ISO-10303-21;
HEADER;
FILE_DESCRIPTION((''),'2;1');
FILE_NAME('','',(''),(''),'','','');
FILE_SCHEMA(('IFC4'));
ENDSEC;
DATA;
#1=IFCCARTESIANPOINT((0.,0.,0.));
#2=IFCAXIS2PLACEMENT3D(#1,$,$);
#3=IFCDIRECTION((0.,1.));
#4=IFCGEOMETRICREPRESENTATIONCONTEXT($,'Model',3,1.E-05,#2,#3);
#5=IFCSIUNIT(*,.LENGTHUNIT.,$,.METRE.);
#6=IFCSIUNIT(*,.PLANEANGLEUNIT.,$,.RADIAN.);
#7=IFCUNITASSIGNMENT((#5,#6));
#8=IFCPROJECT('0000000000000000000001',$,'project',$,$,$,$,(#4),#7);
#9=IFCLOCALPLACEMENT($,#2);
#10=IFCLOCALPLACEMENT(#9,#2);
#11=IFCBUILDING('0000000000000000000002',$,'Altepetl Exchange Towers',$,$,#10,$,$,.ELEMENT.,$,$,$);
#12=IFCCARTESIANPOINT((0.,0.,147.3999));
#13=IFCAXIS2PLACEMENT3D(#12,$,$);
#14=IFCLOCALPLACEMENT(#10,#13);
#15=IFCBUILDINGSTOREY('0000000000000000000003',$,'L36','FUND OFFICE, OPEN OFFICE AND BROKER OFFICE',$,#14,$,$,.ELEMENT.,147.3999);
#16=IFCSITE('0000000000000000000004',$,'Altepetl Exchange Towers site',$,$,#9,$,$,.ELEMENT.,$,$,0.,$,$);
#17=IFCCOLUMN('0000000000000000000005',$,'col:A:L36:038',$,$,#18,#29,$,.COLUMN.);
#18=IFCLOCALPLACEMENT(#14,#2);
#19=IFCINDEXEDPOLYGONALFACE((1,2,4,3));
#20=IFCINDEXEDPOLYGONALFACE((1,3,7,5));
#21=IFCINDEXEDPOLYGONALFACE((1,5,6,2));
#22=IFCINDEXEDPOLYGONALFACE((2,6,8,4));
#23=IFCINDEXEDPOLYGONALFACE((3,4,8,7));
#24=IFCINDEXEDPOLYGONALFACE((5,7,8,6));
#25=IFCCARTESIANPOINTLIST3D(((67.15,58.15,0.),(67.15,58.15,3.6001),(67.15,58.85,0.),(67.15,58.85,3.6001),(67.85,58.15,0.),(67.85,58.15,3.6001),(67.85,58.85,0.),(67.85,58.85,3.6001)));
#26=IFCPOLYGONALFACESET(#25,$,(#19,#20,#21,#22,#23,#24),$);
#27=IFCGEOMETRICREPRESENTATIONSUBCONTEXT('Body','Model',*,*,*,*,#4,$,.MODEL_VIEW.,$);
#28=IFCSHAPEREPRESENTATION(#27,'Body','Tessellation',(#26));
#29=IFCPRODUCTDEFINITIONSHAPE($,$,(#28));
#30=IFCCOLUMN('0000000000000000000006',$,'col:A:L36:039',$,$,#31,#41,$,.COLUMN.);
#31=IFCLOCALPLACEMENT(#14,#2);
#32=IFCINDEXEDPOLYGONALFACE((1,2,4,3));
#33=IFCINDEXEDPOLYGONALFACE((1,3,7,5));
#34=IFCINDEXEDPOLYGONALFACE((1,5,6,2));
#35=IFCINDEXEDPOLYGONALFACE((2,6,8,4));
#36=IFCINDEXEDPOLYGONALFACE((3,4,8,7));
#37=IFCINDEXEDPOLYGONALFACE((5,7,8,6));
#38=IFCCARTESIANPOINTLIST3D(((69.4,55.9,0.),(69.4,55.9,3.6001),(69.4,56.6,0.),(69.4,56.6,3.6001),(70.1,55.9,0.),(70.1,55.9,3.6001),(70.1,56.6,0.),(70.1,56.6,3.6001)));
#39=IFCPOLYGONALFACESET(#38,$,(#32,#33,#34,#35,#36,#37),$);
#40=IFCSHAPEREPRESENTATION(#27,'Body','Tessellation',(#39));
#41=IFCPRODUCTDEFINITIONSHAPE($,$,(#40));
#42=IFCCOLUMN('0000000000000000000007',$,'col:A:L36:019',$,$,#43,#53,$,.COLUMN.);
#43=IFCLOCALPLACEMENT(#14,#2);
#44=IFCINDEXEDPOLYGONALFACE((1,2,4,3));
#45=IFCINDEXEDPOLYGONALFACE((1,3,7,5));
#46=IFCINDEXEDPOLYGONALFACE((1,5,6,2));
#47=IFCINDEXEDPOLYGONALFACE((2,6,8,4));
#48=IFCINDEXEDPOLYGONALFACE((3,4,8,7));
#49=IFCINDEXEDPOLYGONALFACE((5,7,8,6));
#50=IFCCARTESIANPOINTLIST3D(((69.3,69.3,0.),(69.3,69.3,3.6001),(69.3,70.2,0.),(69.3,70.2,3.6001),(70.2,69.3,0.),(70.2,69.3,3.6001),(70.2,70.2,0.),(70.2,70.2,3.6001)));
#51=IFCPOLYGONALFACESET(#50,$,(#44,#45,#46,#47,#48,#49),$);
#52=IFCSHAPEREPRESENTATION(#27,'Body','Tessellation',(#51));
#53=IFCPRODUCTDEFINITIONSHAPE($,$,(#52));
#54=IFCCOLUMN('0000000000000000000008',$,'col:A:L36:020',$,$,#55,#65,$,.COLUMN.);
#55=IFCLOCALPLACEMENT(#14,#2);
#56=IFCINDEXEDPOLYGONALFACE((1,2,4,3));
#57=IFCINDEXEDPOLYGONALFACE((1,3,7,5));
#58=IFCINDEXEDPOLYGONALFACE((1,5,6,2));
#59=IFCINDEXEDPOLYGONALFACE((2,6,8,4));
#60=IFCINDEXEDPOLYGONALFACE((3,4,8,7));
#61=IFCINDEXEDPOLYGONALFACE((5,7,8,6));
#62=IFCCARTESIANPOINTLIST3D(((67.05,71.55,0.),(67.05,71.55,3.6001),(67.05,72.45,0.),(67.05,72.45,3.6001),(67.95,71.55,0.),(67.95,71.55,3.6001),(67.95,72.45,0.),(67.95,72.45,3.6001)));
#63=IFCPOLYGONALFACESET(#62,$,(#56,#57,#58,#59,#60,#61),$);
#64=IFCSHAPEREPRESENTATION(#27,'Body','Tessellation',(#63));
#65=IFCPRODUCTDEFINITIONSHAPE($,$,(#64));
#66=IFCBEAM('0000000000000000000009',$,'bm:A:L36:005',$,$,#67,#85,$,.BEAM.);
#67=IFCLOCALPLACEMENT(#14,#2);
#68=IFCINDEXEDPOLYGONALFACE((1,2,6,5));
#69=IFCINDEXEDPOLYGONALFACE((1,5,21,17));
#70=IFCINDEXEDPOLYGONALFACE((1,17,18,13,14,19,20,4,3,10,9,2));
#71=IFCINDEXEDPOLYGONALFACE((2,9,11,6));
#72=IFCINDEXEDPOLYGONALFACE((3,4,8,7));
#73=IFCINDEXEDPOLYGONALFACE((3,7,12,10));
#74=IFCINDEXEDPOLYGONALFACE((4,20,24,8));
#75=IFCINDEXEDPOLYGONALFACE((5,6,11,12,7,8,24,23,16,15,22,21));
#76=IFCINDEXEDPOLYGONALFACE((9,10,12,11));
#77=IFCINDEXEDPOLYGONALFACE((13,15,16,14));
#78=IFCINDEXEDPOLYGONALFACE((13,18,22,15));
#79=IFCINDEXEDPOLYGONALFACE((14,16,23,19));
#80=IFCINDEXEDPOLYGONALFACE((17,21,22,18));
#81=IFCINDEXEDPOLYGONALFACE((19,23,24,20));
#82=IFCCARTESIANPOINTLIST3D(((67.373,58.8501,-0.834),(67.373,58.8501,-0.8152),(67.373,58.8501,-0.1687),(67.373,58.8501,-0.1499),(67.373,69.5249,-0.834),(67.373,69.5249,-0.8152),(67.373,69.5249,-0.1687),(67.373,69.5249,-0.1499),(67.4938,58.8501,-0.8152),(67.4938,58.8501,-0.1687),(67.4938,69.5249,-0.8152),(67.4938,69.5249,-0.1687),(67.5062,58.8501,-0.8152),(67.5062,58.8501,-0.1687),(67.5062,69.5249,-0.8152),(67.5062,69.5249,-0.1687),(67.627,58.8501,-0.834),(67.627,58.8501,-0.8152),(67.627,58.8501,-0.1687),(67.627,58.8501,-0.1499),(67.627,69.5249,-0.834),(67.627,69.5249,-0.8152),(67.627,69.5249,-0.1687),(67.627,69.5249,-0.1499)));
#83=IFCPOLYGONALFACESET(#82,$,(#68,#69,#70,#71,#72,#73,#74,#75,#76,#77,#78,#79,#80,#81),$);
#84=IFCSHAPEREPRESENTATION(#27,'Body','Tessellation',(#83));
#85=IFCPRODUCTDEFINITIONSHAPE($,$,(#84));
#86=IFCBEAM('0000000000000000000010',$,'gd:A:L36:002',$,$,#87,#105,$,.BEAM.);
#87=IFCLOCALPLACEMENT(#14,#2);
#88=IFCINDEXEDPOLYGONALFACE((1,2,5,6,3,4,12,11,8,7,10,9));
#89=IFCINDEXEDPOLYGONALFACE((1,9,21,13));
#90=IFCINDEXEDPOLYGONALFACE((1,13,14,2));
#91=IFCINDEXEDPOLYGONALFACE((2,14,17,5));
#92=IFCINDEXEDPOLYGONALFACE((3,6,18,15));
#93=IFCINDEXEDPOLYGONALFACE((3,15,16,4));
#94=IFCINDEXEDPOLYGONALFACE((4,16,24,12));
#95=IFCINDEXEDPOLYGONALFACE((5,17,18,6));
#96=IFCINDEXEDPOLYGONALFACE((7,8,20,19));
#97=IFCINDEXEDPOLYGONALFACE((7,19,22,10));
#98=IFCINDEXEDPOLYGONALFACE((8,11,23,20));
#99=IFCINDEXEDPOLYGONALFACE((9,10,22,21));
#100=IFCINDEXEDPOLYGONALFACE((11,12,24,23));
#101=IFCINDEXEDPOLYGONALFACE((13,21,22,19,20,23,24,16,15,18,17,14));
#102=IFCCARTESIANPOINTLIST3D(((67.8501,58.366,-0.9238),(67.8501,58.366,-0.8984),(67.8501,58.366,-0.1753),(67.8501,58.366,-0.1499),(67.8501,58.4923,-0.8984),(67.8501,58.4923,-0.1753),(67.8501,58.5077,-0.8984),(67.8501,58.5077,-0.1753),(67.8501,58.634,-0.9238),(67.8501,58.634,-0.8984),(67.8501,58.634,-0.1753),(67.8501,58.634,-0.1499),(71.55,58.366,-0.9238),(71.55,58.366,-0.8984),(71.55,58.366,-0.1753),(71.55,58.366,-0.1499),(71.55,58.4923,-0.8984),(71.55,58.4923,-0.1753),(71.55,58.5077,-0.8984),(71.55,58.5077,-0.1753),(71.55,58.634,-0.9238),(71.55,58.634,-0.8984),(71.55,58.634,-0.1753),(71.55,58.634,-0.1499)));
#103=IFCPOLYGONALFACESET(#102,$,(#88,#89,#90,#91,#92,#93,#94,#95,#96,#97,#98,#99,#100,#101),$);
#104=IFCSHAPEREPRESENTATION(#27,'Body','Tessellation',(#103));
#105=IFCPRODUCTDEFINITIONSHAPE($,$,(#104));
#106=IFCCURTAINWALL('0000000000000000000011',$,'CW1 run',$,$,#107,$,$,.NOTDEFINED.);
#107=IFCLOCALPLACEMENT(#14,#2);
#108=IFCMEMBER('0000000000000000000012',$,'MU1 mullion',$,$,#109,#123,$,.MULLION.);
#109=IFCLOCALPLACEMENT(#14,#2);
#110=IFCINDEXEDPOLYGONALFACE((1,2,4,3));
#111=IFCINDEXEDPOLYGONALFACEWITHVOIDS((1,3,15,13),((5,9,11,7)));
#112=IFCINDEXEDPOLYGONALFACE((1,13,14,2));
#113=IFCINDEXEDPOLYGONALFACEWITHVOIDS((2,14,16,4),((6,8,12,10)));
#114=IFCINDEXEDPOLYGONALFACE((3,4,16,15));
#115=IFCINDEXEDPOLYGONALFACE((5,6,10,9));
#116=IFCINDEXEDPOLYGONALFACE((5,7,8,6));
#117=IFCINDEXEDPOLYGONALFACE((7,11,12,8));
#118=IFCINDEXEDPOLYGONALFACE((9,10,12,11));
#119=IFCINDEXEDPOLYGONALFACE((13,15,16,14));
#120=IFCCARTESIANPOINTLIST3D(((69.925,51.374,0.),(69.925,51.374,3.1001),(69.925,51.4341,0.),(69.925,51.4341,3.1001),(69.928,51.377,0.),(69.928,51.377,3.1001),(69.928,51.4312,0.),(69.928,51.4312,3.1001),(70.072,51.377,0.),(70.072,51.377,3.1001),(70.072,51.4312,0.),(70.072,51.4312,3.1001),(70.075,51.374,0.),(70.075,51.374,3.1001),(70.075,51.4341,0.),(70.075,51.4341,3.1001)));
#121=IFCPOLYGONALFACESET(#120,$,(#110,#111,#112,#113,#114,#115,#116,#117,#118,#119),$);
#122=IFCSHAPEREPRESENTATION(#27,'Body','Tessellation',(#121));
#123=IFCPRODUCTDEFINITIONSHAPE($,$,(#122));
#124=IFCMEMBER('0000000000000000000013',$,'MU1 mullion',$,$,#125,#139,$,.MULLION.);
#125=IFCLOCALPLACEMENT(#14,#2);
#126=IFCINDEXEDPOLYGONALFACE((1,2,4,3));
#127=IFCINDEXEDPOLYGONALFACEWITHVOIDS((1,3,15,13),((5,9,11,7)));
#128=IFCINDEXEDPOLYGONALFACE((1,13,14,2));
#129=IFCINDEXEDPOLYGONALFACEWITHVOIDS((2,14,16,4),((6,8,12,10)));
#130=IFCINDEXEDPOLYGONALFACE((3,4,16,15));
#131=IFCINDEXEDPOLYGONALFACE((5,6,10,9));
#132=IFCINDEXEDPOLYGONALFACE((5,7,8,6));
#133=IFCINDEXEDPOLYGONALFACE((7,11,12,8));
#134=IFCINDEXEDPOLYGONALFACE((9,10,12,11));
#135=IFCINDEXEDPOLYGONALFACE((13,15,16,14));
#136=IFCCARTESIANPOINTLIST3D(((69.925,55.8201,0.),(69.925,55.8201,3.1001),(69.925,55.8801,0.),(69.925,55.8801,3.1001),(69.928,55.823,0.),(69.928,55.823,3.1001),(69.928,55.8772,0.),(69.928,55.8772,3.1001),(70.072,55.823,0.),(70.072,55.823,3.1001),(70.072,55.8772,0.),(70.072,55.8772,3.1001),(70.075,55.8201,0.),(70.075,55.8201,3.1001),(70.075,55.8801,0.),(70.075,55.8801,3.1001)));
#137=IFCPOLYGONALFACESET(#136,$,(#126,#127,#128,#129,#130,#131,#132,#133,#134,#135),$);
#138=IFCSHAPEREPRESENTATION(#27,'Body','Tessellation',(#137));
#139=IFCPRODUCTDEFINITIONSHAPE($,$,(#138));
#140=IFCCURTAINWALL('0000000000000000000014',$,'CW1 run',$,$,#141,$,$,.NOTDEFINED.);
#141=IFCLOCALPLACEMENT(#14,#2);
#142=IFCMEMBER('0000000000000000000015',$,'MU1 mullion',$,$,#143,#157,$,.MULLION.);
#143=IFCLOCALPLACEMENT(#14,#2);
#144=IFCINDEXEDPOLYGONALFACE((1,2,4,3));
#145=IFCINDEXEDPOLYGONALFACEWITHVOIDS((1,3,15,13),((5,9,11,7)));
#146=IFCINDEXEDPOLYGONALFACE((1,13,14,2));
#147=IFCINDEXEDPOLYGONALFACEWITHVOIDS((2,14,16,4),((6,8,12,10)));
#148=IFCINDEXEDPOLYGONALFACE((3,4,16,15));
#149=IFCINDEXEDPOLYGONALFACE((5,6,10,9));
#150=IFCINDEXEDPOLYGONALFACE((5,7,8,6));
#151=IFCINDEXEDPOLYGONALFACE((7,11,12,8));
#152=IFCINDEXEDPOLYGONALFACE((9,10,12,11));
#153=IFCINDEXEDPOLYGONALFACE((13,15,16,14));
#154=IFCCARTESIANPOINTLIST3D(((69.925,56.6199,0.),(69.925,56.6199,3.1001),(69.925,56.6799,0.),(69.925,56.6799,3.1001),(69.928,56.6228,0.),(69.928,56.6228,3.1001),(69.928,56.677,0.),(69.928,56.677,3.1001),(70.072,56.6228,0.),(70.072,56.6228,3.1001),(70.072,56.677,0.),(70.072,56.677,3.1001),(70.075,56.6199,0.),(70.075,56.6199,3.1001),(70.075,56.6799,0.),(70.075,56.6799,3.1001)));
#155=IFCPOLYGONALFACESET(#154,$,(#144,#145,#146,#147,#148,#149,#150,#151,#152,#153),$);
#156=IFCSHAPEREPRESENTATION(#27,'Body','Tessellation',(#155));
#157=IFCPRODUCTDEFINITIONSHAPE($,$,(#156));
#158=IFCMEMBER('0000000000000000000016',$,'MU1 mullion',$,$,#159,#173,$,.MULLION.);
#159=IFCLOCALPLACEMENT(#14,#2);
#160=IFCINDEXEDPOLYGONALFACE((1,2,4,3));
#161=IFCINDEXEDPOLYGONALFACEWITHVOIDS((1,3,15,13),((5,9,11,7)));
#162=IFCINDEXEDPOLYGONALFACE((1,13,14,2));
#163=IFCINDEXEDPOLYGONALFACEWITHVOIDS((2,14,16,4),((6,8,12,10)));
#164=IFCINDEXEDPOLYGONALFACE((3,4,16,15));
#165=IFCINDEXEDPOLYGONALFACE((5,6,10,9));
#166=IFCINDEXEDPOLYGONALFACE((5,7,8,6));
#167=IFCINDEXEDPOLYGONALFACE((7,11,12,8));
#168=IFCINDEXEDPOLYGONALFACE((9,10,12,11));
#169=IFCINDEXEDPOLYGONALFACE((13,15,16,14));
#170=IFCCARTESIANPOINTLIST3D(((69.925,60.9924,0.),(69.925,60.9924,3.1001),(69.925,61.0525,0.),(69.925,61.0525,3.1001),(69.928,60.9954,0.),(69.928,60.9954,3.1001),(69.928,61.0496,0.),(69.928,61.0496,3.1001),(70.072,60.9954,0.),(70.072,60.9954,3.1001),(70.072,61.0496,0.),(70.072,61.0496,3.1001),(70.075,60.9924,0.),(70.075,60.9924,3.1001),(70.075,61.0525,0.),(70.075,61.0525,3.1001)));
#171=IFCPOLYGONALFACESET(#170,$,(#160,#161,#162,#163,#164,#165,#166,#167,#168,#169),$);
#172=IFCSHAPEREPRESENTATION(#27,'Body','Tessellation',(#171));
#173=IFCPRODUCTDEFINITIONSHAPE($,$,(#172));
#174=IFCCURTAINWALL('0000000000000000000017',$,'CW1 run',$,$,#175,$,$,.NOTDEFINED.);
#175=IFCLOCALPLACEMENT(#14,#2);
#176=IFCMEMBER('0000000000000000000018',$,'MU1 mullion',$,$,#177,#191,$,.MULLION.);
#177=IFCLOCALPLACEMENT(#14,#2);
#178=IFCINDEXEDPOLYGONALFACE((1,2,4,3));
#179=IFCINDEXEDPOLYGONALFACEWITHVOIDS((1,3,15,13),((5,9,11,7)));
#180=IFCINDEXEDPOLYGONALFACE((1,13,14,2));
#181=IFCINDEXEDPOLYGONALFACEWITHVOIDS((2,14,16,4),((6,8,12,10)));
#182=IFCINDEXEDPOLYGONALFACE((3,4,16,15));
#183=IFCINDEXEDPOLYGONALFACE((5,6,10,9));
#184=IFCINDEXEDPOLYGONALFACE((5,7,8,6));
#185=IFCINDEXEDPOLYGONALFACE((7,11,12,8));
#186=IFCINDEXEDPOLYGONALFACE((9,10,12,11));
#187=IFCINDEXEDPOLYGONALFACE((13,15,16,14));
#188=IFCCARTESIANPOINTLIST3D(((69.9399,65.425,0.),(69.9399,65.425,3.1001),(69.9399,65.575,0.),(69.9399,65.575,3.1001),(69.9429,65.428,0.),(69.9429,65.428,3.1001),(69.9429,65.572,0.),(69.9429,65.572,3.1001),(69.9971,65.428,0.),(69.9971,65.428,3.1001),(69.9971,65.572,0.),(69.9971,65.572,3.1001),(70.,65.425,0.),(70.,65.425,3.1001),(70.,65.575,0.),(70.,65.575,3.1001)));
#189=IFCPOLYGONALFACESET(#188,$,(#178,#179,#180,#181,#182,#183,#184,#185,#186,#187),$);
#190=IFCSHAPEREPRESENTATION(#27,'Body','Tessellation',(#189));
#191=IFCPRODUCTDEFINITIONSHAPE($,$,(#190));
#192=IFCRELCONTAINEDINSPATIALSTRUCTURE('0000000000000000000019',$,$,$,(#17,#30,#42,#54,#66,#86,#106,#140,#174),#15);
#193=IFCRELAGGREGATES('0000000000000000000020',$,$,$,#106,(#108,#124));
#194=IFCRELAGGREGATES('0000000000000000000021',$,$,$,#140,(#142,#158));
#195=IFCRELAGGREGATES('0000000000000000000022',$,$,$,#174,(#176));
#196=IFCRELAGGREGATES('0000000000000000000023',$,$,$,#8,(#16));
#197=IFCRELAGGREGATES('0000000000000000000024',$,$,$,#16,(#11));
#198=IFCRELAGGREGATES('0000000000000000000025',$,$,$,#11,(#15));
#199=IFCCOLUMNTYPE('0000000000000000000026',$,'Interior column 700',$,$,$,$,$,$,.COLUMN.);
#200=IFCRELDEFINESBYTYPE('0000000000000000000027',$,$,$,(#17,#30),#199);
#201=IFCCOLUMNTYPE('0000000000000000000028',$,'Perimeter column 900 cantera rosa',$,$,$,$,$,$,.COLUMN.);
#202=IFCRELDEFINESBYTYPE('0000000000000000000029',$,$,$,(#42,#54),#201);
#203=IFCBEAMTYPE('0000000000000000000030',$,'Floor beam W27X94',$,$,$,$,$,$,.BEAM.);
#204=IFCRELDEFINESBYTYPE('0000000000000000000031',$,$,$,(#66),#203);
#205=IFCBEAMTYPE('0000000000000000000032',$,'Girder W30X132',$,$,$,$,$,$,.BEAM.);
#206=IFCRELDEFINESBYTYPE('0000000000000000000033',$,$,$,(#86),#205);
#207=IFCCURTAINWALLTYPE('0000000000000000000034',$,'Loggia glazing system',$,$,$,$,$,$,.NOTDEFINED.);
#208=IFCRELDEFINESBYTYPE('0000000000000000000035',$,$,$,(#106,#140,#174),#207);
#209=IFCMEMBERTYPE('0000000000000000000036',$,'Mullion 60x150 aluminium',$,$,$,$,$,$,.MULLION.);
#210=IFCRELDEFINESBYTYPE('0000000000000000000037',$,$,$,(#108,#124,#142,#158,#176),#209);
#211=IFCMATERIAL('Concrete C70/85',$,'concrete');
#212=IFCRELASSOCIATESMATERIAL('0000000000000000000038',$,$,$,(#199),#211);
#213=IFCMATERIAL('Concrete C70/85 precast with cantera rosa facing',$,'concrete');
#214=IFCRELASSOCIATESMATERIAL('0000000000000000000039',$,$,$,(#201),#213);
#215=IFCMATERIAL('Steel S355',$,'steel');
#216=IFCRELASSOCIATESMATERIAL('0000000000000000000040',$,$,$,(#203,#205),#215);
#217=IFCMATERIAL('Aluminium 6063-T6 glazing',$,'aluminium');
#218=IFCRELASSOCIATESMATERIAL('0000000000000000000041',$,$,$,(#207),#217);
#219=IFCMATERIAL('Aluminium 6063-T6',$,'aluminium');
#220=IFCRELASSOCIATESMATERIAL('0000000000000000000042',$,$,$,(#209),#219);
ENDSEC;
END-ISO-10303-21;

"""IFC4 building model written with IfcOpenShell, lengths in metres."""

from ifc_helpers import new_model, si_unit, direction, frame, origin, origin_2d, place, context, subcontext, project, spatial, rectangle, hollow_rectangle, i_section, extrude, material, material_profile, profile_set, type_object, element, aggregate, save


model = new_model("IFC4")

# Units and contexts
model_context = context("Model", 3, precision=1e-05, world=origin(), true_north=direction((0.0, 1.0)))
body_context = subcontext(model_context, "Body", "Model", "MODEL_VIEW")
ifc_project = project(units=[si_unit("LENGTHUNIT", "METRE"), si_unit("PLANEANGLEUNIT", "RADIAN")], contexts=[model_context])

# Site, building, storey
site_placement = place(None, origin())
site = spatial("IfcSite", under=ifc_project, at=site_placement, Name="Altepetl Exchange Towers site", CompositionType="ELEMENT", RefElevation=0.0)
building_placement = place(site_placement, origin())
building = spatial("IfcBuilding", under=site, at=building_placement, Name="Altepetl Exchange Towers", CompositionType="ELEMENT")
storey_placement = place(building_placement, frame((0.0, 0.0, 147.3999)))
storey = spatial("IfcBuildingStorey", under=building, at=storey_placement, Name="L36", Description="FUND OFFICE, OPEN OFFICE AND BROKER OFFICE", CompositionType="ELEMENT", Elevation=147.3999)

# Columns
ifc_material_1 = material(Name="Concrete C70/85", Category="concrete")
ifc_material_profile_1 = material_profile(ifc_material_1, rectangle(XDim=0.7, YDim=0.7, at=origin_2d()), Name="700 x 700")
ifc_profile_set_1 = profile_set([ifc_material_profile_1], Name="Concrete C70/85")
column_type_1 = type_object("IfcColumnType", Name="Interior column 700", PredefinedType="COLUMN", material=ifc_profile_set_1)
for number, where, name in (
    (1, (67.5, 58.5, 0.0), "col:A:L36:038"),
    (2, (69.75, 56.25, 0.0), "col:A:L36:039"),
):
    element("IfcColumn", number, at=place(storey_placement, frame(where)), inside=storey, type_object=column_type_1, Name=name, PredefinedType="COLUMN", context=body_context, shape_type="SweptSolid", body=[
        extrude(rectangle(XDim=0.7, YDim=0.7, at=origin_2d()), origin(), (0.0, 0.0, 1.0), 3.6001),
    ])
ifc_material_2 = material(Name="Concrete C70/85 precast with cantera rosa facing", Category="concrete")
ifc_material_profile_2 = material_profile(ifc_material_2, rectangle(XDim=0.8999, YDim=0.8999, at=origin_2d()), Name="900 x 900")
ifc_profile_set_2 = profile_set([ifc_material_profile_2], Name="Concrete C70/85 precast with cantera rosa facing")
column_type_2 = type_object("IfcColumnType", Name="Perimeter column 900 cantera rosa", PredefinedType="COLUMN", material=ifc_profile_set_2)
for number, where, name in (
    (3, (69.75, 69.75, 0.0), "col:A:L36:019"),
    (4, (67.5, 72.0, 0.0), "col:A:L36:020"),
):
    element("IfcColumn", number, at=place(storey_placement, frame(where)), inside=storey, type_object=column_type_2, Name=name, PredefinedType="COLUMN", context=body_context, shape_type="SweptSolid", body=[
        extrude(rectangle(XDim=0.8999, YDim=0.8999, at=origin_2d()), origin(), (0.0, 0.0, 1.0), 3.6001),
    ])

# Beams
ifc_material_3 = material(Name="Steel S355", Category="steel")
ifc_material_profile_3 = material_profile(ifc_material_3, i_section(OverallWidth=0.2539, OverallDepth=0.6841, WebThickness=0.0125, FlangeThickness=0.0188, at=origin_2d()), Name="W27X94")
ifc_profile_set_3 = profile_set([ifc_material_profile_3], Name="Steel S355")
beam_type_1 = type_object("IfcBeamType", Name="Floor beam W27X94", PredefinedType="BEAM", material=ifc_profile_set_3)
beam_1_placement = place(storey_placement, frame((67.5, 58.8501, -0.4919), z_axis=(0.0, 1.0, 0.0), x_axis=(-1.0, 0.0, 0.0)))
element("IfcBeam", 5, at=beam_1_placement, inside=storey, type_object=beam_type_1, Name="bm:A:L36:005", PredefinedType="BEAM", context=body_context, shape_type="SweptSolid", body=[
    extrude(i_section(OverallWidth=0.2539, OverallDepth=0.6841, WebThickness=0.0125, FlangeThickness=0.0188, at=origin_2d()), origin(), (0.0, 0.0, 1.0), 10.6748),
])
ifc_material_profile_4 = material_profile(ifc_material_3, i_section(OverallWidth=0.2681, OverallDepth=0.7739, WebThickness=0.0154, FlangeThickness=0.0254, at=origin_2d()), Name="W30X132")
ifc_profile_set_4 = profile_set([ifc_material_profile_4], Name="Steel S355")
beam_type_2 = type_object("IfcBeamType", Name="Girder W30X132", PredefinedType="BEAM", material=ifc_profile_set_4)
beam_2_placement = place(storey_placement, frame((67.8501, 58.5, -0.5369), z_axis=(1.0, 0.0, 0.0), x_axis=(0.0, 1.0, 0.0)))
element("IfcBeam", 6, at=beam_2_placement, inside=storey, type_object=beam_type_2, Name="gd:A:L36:002", PredefinedType="BEAM", context=body_context, shape_type="SweptSolid", body=[
    extrude(i_section(OverallWidth=0.2681, OverallDepth=0.7739, WebThickness=0.0154, FlangeThickness=0.0254, at=origin_2d()), origin(), (0.0, 0.0, 1.0), 3.7),
])

# Curtain walls, members
ifc_material_4 = material(Name="Aluminium 6063-T6 glazing", Category="aluminium")
curtain_wall_type = type_object("IfcCurtainWallType", Name="Loggia glazing system", PredefinedType="NOTDEFINED", material=ifc_material_4)
curtain_wall_1_placement = place(storey_placement, origin())
curtain_wall_1 = element("IfcCurtainWall", 7, at=curtain_wall_1_placement, inside=storey, type_object=curtain_wall_type, Name="CW1 run", PredefinedType="NOTDEFINED")
ifc_material_5 = material(Name="Aluminium 6063-T6", Category="aluminium")
ifc_material_profile_5 = material_profile(ifc_material_5, hollow_rectangle(XDim=0.0601, YDim=0.1499, WallThickness=0.0029, at=origin_2d()), Name="Mullion 60x150 aluminium")
ifc_profile_set_5 = profile_set([ifc_material_profile_5], Name="Aluminium 6063-T6")
member_type = type_object("IfcMemberType", Name="Mullion 60x150 aluminium", PredefinedType="MULLION", material=ifc_profile_set_5)
member_1_placement = place(storey_placement, frame((70.0, 51.4041, 0.0), z_axis=(0.0, 0.0, 1.0), x_axis=(0.0, 1.0, 0.0)))
member_1 = element("IfcMember", 8, at=member_1_placement, type_object=member_type, Name="MU1 mullion", PredefinedType="MULLION", context=body_context, shape_type="SweptSolid", body=[
    extrude(hollow_rectangle(XDim=0.0601, YDim=0.1499, WallThickness=0.0029, at=origin_2d()), origin(), (0.0, 0.0, 1.0), 3.1001),
])
member_2_placement = place(storey_placement, frame((70.0, 55.8501, 0.0), z_axis=(0.0, 0.0, 1.0), x_axis=(0.0, 1.0, 0.0)))
member_2 = element("IfcMember", 9, at=member_2_placement, type_object=member_type, Name="MU1 mullion", PredefinedType="MULLION", context=body_context, shape_type="SweptSolid", body=[
    extrude(hollow_rectangle(XDim=0.0601, YDim=0.1499, WallThickness=0.0029, at=origin_2d()), origin(), (0.0, 0.0, 1.0), 3.1001),
])
curtain_wall_2_placement = place(storey_placement, origin())
curtain_wall_2 = element("IfcCurtainWall", 10, at=curtain_wall_2_placement, inside=storey, type_object=curtain_wall_type, Name="CW1 run", PredefinedType="NOTDEFINED")
member_3_placement = place(storey_placement, frame((70.0, 56.6499, 0.0), z_axis=(0.0, 0.0, 1.0), x_axis=(0.0, 1.0, 0.0)))
member_3 = element("IfcMember", 11, at=member_3_placement, type_object=member_type, Name="MU1 mullion", PredefinedType="MULLION", context=body_context, shape_type="SweptSolid", body=[
    extrude(hollow_rectangle(XDim=0.0601, YDim=0.1499, WallThickness=0.0029, at=origin_2d()), origin(), (0.0, 0.0, 1.0), 3.1001),
])
member_4_placement = place(storey_placement, frame((70.0, 61.0225, 0.0), z_axis=(0.0, 0.0, 1.0), x_axis=(0.0, 1.0, 0.0)))
member_4 = element("IfcMember", 12, at=member_4_placement, type_object=member_type, Name="MU1 mullion", PredefinedType="MULLION", context=body_context, shape_type="SweptSolid", body=[
    extrude(hollow_rectangle(XDim=0.0601, YDim=0.1499, WallThickness=0.0029, at=origin_2d()), origin(), (0.0, 0.0, 1.0), 3.1001),
])
curtain_wall_3_placement = place(storey_placement, origin())
curtain_wall_3 = element("IfcCurtainWall", 13, at=curtain_wall_3_placement, inside=storey, type_object=curtain_wall_type, Name="CW1 run", PredefinedType="NOTDEFINED")
member_5_placement = place(storey_placement, frame((69.97, 65.5, 0.0), z_axis=(0.0, 0.0, 1.0), x_axis=(-1.0, 0.0, 0.0)))
member_5 = element("IfcMember", 14, at=member_5_placement, type_object=member_type, Name="MU1 mullion", PredefinedType="MULLION", context=body_context, shape_type="SweptSolid", body=[
    extrude(hollow_rectangle(XDim=0.0601, YDim=0.1499, WallThickness=0.0029, at=origin_2d()), origin(), (0.0, 0.0, 1.0), 3.1001),
])

aggregate(curtain_wall_1, [member_1, member_2])
aggregate(curtain_wall_2, [member_3, member_4])
aggregate(curtain_wall_3, [member_5])

save(model, "model.ifc")
